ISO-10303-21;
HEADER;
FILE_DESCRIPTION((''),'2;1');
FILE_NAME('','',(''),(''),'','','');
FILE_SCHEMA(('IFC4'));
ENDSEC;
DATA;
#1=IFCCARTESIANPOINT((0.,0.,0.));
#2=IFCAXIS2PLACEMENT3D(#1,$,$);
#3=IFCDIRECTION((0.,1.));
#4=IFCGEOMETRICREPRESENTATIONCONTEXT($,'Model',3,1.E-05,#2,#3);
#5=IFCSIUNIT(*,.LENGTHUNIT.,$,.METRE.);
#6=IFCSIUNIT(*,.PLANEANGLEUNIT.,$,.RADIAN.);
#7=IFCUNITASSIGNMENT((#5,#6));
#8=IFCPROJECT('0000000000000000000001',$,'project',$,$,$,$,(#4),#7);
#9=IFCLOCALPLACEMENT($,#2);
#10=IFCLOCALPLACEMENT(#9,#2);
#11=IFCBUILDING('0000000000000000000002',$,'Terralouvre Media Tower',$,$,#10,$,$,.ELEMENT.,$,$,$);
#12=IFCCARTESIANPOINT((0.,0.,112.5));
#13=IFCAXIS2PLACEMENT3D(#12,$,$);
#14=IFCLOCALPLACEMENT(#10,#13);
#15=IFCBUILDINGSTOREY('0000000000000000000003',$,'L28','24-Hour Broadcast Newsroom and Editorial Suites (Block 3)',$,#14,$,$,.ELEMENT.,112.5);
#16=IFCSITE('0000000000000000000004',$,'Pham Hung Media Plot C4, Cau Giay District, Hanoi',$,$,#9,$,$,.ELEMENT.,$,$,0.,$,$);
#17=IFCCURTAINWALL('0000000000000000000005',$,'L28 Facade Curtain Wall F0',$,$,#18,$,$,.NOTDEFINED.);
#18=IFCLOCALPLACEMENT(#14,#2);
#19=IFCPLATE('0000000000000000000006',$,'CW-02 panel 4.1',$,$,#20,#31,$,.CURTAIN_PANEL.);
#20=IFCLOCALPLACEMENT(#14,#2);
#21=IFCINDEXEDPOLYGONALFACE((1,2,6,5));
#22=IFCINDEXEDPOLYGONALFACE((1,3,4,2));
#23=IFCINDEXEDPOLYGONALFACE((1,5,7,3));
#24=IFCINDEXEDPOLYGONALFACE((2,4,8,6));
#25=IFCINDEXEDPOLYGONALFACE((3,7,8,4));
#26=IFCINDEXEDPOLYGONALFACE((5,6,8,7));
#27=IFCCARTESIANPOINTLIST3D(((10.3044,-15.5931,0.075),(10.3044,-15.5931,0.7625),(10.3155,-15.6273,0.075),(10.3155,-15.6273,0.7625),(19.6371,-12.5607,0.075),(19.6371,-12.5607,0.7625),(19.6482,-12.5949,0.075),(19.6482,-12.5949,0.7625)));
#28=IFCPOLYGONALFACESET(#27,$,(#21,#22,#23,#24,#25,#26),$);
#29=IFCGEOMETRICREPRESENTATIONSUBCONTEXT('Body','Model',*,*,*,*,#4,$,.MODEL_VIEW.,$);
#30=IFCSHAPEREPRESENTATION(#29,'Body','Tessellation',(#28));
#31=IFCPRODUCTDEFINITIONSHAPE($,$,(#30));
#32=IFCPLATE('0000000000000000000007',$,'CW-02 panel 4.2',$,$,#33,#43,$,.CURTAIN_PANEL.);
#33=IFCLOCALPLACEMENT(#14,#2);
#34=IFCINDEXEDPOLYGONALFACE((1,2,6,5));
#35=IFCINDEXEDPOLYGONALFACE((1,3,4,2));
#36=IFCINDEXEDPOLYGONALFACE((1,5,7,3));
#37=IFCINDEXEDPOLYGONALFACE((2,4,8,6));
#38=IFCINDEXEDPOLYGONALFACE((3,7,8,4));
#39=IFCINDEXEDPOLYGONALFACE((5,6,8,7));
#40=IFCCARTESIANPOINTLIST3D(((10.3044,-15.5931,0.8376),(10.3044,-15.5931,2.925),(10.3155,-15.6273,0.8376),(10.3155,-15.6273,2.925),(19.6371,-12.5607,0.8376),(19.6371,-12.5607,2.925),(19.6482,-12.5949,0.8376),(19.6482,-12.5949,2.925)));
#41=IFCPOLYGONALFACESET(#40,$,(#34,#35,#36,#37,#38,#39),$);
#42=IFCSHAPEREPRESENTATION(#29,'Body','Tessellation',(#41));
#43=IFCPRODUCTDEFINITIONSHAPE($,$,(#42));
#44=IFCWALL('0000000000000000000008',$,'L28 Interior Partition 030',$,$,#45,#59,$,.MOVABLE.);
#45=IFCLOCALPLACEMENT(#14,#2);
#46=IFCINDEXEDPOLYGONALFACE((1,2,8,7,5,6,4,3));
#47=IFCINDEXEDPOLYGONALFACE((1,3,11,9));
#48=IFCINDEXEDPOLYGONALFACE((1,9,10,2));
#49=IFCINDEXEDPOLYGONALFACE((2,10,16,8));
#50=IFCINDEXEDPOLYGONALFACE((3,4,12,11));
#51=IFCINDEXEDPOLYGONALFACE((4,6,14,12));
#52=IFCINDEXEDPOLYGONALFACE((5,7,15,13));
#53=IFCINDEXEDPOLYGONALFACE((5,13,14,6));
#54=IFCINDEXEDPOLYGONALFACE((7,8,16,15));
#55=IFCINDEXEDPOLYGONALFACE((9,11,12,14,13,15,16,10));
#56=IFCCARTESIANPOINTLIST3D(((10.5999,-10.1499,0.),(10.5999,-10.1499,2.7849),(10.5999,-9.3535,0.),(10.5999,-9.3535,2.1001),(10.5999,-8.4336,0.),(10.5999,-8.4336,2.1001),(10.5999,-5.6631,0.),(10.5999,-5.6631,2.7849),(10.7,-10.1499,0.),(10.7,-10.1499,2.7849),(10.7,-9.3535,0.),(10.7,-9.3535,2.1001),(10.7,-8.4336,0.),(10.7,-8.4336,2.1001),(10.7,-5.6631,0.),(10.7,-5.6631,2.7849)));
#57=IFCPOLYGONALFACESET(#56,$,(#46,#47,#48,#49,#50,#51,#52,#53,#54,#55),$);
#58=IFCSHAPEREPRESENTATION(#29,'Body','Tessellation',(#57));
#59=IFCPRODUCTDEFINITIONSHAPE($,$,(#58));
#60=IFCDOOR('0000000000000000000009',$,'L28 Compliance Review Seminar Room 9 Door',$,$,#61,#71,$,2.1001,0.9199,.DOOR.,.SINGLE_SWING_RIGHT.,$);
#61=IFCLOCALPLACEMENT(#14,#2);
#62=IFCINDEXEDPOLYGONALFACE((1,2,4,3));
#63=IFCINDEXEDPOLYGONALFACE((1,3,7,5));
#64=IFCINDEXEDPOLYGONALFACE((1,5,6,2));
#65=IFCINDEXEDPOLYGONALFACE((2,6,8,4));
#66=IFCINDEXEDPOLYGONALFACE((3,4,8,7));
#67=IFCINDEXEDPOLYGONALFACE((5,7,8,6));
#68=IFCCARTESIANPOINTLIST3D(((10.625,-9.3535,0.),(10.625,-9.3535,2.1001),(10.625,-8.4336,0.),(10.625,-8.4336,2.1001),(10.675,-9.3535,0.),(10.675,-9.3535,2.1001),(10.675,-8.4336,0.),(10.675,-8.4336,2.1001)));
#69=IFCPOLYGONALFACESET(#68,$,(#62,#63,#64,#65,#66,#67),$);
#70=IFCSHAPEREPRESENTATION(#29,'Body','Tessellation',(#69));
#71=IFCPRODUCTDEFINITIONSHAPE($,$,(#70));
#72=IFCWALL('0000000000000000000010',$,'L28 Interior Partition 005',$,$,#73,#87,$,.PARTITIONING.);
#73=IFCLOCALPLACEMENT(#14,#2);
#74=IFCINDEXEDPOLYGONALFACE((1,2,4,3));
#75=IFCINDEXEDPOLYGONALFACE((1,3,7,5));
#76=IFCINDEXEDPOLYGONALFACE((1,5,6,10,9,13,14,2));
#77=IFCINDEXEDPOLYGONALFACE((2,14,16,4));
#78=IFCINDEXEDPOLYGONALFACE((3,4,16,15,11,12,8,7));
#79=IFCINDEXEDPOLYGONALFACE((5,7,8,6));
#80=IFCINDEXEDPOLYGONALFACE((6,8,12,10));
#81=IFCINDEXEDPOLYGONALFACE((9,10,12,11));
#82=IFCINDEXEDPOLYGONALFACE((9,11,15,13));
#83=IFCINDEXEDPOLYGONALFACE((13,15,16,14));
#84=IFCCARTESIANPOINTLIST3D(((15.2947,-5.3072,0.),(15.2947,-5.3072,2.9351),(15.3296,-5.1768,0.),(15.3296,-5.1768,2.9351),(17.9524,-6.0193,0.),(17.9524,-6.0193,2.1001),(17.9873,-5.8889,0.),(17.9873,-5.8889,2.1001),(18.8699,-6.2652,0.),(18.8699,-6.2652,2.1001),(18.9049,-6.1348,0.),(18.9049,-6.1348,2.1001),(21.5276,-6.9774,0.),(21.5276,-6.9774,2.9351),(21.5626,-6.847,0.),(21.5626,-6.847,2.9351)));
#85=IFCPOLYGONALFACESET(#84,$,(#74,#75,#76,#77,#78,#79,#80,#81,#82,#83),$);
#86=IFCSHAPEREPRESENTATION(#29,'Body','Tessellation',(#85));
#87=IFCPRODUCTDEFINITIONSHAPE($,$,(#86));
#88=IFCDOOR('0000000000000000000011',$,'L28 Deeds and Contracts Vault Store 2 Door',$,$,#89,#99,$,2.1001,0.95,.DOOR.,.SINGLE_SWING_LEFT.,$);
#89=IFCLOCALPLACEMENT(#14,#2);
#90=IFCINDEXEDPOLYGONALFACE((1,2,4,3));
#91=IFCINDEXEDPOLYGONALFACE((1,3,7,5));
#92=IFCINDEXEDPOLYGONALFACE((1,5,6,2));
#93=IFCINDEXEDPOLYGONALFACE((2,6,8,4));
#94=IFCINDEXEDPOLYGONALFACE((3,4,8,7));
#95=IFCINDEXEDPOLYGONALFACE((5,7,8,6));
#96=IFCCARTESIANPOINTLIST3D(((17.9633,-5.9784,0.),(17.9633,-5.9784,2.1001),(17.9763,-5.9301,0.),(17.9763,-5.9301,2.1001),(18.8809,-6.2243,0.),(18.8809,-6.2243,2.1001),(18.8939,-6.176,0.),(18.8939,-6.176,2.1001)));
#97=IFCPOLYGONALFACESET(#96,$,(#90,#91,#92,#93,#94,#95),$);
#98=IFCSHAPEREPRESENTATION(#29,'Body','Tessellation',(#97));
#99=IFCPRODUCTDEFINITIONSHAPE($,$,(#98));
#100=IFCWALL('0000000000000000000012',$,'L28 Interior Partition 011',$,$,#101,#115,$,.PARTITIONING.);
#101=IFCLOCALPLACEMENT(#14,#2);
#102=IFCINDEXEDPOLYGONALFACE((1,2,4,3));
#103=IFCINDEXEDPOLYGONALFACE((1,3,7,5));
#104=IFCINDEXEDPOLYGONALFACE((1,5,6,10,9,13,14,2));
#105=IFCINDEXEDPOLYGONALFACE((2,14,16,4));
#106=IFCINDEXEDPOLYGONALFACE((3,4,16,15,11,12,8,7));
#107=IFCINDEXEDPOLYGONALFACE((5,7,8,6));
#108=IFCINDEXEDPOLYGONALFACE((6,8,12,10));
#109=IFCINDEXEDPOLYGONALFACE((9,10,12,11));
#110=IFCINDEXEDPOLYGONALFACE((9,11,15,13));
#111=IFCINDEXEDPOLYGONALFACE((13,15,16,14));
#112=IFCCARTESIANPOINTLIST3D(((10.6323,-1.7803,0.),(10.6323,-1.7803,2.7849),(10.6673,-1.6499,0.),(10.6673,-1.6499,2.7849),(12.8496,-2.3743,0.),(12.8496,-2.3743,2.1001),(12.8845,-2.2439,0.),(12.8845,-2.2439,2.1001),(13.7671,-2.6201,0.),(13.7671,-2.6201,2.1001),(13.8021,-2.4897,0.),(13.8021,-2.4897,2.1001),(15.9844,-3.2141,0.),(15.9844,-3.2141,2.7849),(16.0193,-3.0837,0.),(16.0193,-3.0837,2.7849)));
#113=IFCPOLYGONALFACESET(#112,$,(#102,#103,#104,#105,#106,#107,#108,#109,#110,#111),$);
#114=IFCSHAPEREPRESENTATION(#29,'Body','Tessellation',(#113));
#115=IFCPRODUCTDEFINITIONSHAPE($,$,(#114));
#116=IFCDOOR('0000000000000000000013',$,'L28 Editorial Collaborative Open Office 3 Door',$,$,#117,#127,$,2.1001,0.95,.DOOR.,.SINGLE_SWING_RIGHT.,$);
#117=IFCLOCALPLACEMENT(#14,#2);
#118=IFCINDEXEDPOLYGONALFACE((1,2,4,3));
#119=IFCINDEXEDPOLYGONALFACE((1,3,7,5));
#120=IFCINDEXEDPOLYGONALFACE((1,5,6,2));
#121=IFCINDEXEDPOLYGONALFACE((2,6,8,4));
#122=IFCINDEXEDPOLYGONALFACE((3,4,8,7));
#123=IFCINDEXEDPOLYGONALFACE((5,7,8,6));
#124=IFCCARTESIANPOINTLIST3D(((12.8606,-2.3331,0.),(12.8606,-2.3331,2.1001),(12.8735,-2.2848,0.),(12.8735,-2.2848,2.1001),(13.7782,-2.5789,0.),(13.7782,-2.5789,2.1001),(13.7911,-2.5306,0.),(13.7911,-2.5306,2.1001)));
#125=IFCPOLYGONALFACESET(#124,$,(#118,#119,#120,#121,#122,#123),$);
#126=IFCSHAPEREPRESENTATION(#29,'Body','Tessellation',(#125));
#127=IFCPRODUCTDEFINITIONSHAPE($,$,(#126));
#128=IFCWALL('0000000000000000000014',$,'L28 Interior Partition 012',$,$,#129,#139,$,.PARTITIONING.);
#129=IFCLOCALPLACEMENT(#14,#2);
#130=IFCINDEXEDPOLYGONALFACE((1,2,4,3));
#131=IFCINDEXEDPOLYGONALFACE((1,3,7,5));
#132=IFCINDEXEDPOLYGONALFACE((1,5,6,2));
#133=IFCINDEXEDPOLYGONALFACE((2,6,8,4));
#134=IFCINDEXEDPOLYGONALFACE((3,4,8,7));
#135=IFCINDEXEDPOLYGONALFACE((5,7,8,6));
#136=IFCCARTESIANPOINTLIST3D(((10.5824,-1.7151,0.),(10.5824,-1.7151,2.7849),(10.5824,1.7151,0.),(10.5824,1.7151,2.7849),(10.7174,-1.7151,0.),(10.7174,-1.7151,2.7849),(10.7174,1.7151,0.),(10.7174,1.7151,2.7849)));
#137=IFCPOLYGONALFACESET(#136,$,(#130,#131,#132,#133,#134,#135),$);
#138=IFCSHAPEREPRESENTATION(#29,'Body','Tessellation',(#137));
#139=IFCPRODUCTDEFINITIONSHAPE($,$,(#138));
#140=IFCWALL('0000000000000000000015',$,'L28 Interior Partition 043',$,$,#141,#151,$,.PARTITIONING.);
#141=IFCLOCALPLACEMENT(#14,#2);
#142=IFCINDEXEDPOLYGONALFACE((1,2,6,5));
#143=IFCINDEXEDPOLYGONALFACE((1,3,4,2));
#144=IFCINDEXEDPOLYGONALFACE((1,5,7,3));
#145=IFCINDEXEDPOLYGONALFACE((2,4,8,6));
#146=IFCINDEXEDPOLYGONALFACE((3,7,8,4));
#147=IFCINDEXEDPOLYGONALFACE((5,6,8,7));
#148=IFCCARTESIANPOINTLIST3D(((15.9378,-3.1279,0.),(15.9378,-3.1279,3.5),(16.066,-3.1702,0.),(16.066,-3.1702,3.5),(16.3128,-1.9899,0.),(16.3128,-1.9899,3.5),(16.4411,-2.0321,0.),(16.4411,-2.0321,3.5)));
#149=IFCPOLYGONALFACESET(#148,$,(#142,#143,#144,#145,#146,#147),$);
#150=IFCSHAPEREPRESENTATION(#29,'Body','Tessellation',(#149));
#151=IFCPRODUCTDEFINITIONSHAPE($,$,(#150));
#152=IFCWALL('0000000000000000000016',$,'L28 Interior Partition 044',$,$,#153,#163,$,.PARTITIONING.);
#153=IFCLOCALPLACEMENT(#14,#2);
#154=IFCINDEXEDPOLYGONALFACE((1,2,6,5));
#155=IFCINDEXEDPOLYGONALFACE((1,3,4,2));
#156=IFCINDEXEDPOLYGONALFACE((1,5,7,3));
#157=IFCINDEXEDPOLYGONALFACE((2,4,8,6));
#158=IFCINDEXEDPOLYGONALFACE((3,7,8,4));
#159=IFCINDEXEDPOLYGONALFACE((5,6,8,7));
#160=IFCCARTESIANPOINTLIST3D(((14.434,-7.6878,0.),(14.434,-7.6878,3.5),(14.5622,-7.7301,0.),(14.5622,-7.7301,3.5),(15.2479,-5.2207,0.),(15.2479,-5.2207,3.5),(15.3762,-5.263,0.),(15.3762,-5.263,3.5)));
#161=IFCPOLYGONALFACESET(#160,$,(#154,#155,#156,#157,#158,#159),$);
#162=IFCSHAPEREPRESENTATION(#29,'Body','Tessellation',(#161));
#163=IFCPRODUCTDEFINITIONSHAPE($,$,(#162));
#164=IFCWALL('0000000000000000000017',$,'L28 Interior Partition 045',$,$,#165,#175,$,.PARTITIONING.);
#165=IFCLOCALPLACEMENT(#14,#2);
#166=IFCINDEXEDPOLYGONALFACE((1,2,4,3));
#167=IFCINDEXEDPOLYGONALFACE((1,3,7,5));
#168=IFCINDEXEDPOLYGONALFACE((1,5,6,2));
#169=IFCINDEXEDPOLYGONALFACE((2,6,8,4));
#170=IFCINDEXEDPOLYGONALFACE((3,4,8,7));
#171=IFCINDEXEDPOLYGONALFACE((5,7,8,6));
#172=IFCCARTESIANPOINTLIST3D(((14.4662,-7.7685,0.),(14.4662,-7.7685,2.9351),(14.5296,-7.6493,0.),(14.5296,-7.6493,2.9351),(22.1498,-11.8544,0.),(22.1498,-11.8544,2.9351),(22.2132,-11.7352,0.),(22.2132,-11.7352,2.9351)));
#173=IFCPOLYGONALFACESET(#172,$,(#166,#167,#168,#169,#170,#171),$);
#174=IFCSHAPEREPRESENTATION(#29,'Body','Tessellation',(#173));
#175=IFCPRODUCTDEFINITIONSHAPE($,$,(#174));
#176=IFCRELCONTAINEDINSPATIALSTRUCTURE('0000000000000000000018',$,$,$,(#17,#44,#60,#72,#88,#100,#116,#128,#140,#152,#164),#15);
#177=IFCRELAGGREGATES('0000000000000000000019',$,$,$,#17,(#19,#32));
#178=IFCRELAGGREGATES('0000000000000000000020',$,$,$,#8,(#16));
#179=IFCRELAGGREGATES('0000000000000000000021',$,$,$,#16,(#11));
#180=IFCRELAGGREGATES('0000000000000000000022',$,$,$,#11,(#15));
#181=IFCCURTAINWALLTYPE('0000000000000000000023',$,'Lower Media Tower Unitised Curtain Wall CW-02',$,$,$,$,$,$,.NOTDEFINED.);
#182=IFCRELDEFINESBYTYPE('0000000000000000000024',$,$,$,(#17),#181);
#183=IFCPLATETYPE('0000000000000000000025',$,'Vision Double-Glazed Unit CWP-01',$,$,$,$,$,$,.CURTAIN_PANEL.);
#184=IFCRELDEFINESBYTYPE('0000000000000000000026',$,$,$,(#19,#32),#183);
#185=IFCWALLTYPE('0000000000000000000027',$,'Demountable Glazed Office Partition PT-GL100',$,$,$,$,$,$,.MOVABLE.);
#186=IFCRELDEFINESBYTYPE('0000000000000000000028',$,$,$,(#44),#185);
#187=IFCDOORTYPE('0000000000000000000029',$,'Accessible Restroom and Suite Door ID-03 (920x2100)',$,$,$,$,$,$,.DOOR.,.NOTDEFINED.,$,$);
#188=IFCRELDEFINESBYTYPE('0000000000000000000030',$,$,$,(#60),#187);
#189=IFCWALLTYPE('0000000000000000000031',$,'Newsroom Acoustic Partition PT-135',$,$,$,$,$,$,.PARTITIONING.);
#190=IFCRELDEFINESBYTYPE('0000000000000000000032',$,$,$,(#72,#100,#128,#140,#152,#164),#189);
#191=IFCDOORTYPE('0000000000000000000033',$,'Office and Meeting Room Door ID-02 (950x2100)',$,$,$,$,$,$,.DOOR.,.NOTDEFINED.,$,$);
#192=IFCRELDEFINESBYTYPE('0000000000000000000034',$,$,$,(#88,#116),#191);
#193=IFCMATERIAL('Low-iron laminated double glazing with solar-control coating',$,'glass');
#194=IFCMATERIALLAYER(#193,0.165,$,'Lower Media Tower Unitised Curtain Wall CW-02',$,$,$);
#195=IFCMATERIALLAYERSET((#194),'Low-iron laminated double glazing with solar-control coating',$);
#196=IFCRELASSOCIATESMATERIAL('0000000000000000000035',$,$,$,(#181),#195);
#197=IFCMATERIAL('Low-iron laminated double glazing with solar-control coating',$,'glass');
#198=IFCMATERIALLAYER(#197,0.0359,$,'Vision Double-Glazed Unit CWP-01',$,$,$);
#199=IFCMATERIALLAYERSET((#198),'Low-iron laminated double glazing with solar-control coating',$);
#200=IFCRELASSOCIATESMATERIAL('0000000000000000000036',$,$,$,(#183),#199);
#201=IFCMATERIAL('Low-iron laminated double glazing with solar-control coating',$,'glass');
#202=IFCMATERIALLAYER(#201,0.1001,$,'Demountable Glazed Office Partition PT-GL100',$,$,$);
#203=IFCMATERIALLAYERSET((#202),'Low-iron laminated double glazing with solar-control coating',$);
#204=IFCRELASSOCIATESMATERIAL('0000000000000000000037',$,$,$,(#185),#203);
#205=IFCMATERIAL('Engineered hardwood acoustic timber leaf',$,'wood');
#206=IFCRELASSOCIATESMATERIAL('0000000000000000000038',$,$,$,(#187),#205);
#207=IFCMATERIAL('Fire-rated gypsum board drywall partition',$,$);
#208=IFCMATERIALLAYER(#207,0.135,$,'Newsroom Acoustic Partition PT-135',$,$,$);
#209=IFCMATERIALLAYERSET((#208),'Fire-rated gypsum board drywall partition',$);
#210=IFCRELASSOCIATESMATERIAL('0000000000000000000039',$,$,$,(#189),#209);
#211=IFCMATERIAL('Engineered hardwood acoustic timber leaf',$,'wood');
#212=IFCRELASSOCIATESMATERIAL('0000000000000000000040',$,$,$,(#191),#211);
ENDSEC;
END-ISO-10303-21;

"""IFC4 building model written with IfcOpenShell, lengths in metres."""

from ifc_helpers import new_model, si_unit, direction, frame, frame_2d, origin, origin_2d, place, context, subcontext, project, spatial, rectangle, extrude, material, layer, layer_set, type_object, element, fill, aggregate, save


model = new_model("IFC4")

# Units and contexts
model_context = context("Model", 3, precision=1e-05, world=origin(), true_north=direction((0.0, 1.0)))
body_context = subcontext(model_context, "Body", "Model", "MODEL_VIEW")
ifc_project = project(units=[si_unit("LENGTHUNIT", "METRE"), si_unit("PLANEANGLEUNIT", "RADIAN")], contexts=[model_context])

# Site, building, storey
site_placement = place(None, origin())
site = spatial("IfcSite", under=ifc_project, at=site_placement, Name="Pham Hung Media Plot C4, Cau Giay District, Hanoi", CompositionType="ELEMENT", RefElevation=0.0)
building_placement = place(site_placement, origin())
building = spatial("IfcBuilding", under=site, at=building_placement, Name="Terralouvre Media Tower", CompositionType="ELEMENT")
storey_placement = place(building_placement, frame((0.0, 0.0, 112.5)))
storey = spatial("IfcBuildingStorey", under=building, at=storey_placement, Name="L28", Description="24-Hour Broadcast Newsroom and Editorial Suites (Block 3)", CompositionType="ELEMENT", Elevation=112.5)

# Curtain wall
ifc_material_1 = material(Name="Low-iron laminated double glazing with solar-control coating", Category="glass")
ifc_layer_1 = layer(ifc_material_1, 0.165, Name="Lower Media Tower Unitised Curtain Wall CW-02")
ifc_layer_set_1 = layer_set([ifc_layer_1], Name="Low-iron laminated double glazing with solar-control coating")
curtain_wall_type = type_object("IfcCurtainWallType", Name="Lower Media Tower Unitised Curtain Wall CW-02", PredefinedType="NOTDEFINED", material=ifc_layer_set_1)
curtain_wall_placement = place(storey_placement, origin())
curtain_wall = element("IfcCurtainWall", 1, at=curtain_wall_placement, inside=storey, type_object=curtain_wall_type, Name="L28 Facade Curtain Wall F0", PredefinedType="NOTDEFINED")

# Plates
ifc_material_2 = material(Name="Low-iron laminated double glazing with solar-control coating", Category="glass")
ifc_layer_2 = layer(ifc_material_2, 0.0359, Name="Vision Double-Glazed Unit CWP-01")
ifc_layer_set_2 = layer_set([ifc_layer_2], Name="Low-iron laminated double glazing with solar-control coating")
plate_type = type_object("IfcPlateType", Name="Vision Double-Glazed Unit CWP-01", PredefinedType="CURTAIN_PANEL", material=ifc_layer_set_2)
plate_1_placement = place(storey_placement, frame((14.9763, -14.094, 0.075), z_axis=(0.0, 0.0, 1.0), x_axis=(0.951057, 0.309017, 0.0)))
plate_1 = element("IfcPlate", 2, at=plate_1_placement, type_object=plate_type, Name="CW-02 panel 4.1", PredefinedType="CURTAIN_PANEL", context=body_context, shape_type="SweptSolid", body=[
    extrude(rectangle(XDim=9.813, YDim=0.0359, at=origin_2d()), origin(), (0.0, 0.0, 1.0), 0.6875),
])
plate_2_placement = place(storey_placement, frame((14.9763, -14.094, 0.8376), z_axis=(0.0, 0.0, 1.0), x_axis=(0.951057, 0.309017, 0.0)))
plate_2 = element("IfcPlate", 3, at=plate_2_placement, type_object=plate_type, Name="CW-02 panel 4.2", PredefinedType="CURTAIN_PANEL", context=body_context, shape_type="SweptSolid", body=[
    extrude(rectangle(XDim=9.813, YDim=0.0359, at=origin_2d()), origin(), (0.0, 0.0, 1.0), 2.0874),
])
aggregate(curtain_wall, [plate_1, plate_2])

# Walls, openings, doors
ifc_material_3 = material(Name="Low-iron laminated double glazing with solar-control coating", Category="glass")
ifc_layer_3 = layer(ifc_material_3, 0.1001, Name="Demountable Glazed Office Partition PT-GL100")
ifc_layer_set_3 = layer_set([ifc_layer_3], Name="Low-iron laminated double glazing with solar-control coating")
wall_type_1 = type_object("IfcWallType", Name="Demountable Glazed Office Partition PT-GL100", PredefinedType="MOVABLE", material=ifc_layer_set_3)
wall_1_placement = place(storey_placement, frame((10.6499, -10.1499, 0.0), z_axis=(0.0, 0.0, 1.0), x_axis=(0.0, 1.0, 0.0)))
wall_1 = element("IfcWall", 4, at=wall_1_placement, inside=storey, type_object=wall_type_1, Name="L28 Interior Partition 030", PredefinedType="MOVABLE", context=body_context, shape_type="SweptSolid", body=[
    extrude(rectangle(XDim=4.4868, YDim=0.1001, at=frame_2d((2.2434, 0.0))), origin(), (0.0, 0.0, 1.0), 2.7849),
])
opening_1_placement = place(wall_1_placement, frame((0.7964, 0.0, 0.0)))
opening_1 = element("IfcOpeningElement", 5, at=opening_1_placement, cuts=wall_1, PredefinedType="OPENING", context=body_context, shape_type="SweptSolid", body=[
    extrude(rectangle(XDim=0.9199, YDim=2.1001, at=frame_2d((0.46, 1.05))), frame((0.0, 0.0601, 0.0), z_axis=(0.0, -1.0, 0.0), x_axis=(1.0, 0.0, 0.0)), (0.0, 0.0, 1.0), 0.1201),
])
ifc_material_4 = material(Name="Engineered hardwood acoustic timber leaf", Category="wood")
door_type_1 = type_object("IfcDoorType", Name="Accessible Restroom and Suite Door ID-03 (920x2100)", OperationType="NOTDEFINED", PredefinedType="DOOR", material=ifc_material_4)
door_1_placement = place(opening_1_placement, origin())
door_1 = element("IfcDoor", 6, at=door_1_placement, inside=storey, type_object=door_type_1, Name="L28 Compliance Review Seminar Room 9 Door", OperationType="SINGLE_SWING_RIGHT", OverallHeight=2.1001, OverallWidth=0.9199, PredefinedType="DOOR", context=body_context, shape_type="SweptSolid", body=[
    extrude(rectangle(XDim=0.9199, YDim=2.1001, at=frame_2d((0.46, 1.05))), frame((0.0, 0.0249, 0.0), z_axis=(0.0, -1.0, 0.0), x_axis=(1.0, 0.0, 0.0)), (0.0, 0.0, 1.0), 0.05),
])
fill(opening_1, door_1)
ifc_material_5 = material(Name="Fire-rated gypsum board drywall partition")
ifc_layer_4 = layer(ifc_material_5, 0.135, Name="Newsroom Acoustic Partition PT-135")
ifc_layer_set_4 = layer_set([ifc_layer_4], Name="Fire-rated gypsum board drywall partition")
wall_type_2 = type_object("IfcWallType", Name="Newsroom Acoustic Partition PT-135", PredefinedType="PARTITIONING", material=ifc_layer_set_4)
wall_2_placement = place(storey_placement, frame((15.312, -5.2419, 0.0), z_axis=(0.0, 0.0, 1.0), x_axis=(0.965923, -0.258828, 0.0)))
wall_2 = element("IfcWall", 7, at=wall_2_placement, inside=storey, type_object=wall_type_2, Name="L28 Interior Partition 005", PredefinedType="PARTITIONING", context=body_context, shape_type="SweptSolid", body=[
    extrude(rectangle(XDim=6.4529, YDim=0.135, at=frame_2d((3.2266, 0.0))), origin(), (0.0, 0.0, 1.0), 2.9351),
])
opening_2_placement = place(wall_2_placement, frame((2.7515, 0.0, 0.0)))
opening_2 = element("IfcOpeningElement", 8, at=opening_2_placement, cuts=wall_2, PredefinedType="OPENING", context=body_context, shape_type="SweptSolid", body=[
    extrude(rectangle(XDim=0.95, YDim=2.1001, at=frame_2d((0.4751, 1.05))), frame((0.0, 0.0774, 0.0), z_axis=(0.0, -1.0, 0.0), x_axis=(1.0, 0.0, 0.0)), (0.0, 0.0, 1.0), 0.155),
])
ifc_material_6 = material(Name="Engineered hardwood acoustic timber leaf", Category="wood")
door_type_2 = type_object("IfcDoorType", Name="Office and Meeting Room Door ID-02 (950x2100)", OperationType="NOTDEFINED", PredefinedType="DOOR", material=ifc_material_6)
door_2_placement = place(opening_2_placement, origin())
door_2 = element("IfcDoor", 9, at=door_2_placement, inside=storey, type_object=door_type_2, Name="L28 Deeds and Contracts Vault Store 2 Door", OperationType="SINGLE_SWING_LEFT", OverallHeight=2.1001, OverallWidth=0.95, PredefinedType="DOOR", context=body_context, shape_type="SweptSolid", body=[
    extrude(rectangle(XDim=0.95, YDim=2.1001, at=frame_2d((0.4751, 1.05))), frame((0.0, 0.0249, 0.0), z_axis=(0.0, -1.0, 0.0), x_axis=(1.0, 0.0, 0.0)), (0.0, 0.0, 1.0), 0.05),
])
fill(opening_2, door_2)
wall_3_placement = place(storey_placement, frame((16.002, -3.1489, 0.0), z_axis=(0.0, 0.0, 1.0), x_axis=(-0.965937, 0.258779, 0.0)))
wall_3 = element("IfcWall", 10, at=wall_3_placement, inside=storey, type_object=wall_type_2, Name="L28 Interior Partition 011", PredefinedType="PARTITIONING", context=body_context, shape_type="SweptSolid", body=[
    extrude(rectangle(XDim=5.5408, YDim=0.135, at=frame_2d((2.7705, 0.0))), origin(), (0.0, 0.0, 1.0), 2.7849),
])
opening_3_placement = place(wall_3_placement, frame((2.2954, 0.0, 0.0)))
opening_3 = element("IfcOpeningElement", 11, at=opening_3_placement, cuts=wall_3, PredefinedType="OPENING", context=body_context, shape_type="SweptSolid", body=[
    extrude(rectangle(XDim=0.95, YDim=2.1001, at=frame_2d((0.4751, 1.05))), frame((0.0, 0.0774, 0.0), z_axis=(0.0, -1.0, 0.0), x_axis=(1.0, 0.0, 0.0)), (0.0, 0.0, 1.0), 0.155),
])
door_3_placement = place(opening_3_placement, origin())
door_3 = element("IfcDoor", 12, at=door_3_placement, inside=storey, type_object=door_type_2, Name="L28 Editorial Collaborative Open Office 3 Door", OperationType="SINGLE_SWING_RIGHT", OverallHeight=2.1001, OverallWidth=0.95, PredefinedType="DOOR", context=body_context, shape_type="SweptSolid", body=[
    extrude(rectangle(XDim=0.95, YDim=2.1001, at=frame_2d((0.4751, 1.05))), frame((0.0, 0.0249, 0.0), z_axis=(0.0, -1.0, 0.0), x_axis=(1.0, 0.0, 0.0)), (0.0, 0.0, 1.0), 0.05),
])
fill(opening_3, door_3)

# Walls
wall_4_placement = place(storey_placement, frame((10.6499, -1.7151, 0.0), z_axis=(0.0, 0.0, 1.0), x_axis=(0.0, 1.0, 0.0)))
element("IfcWall", 13, at=wall_4_placement, inside=storey, type_object=wall_type_2, Name="L28 Interior Partition 012", PredefinedType="PARTITIONING", context=body_context, shape_type="SweptSolid", body=[
    extrude(rectangle(XDim=3.4302, YDim=0.135, at=frame_2d((1.7151, 0.0))), origin(), (0.0, 0.0, 1.0), 2.7849),
])
wall_5_placement = place(storey_placement, frame((16.377, -2.011, 0.0), z_axis=(0.0, 0.0, 1.0), x_axis=(-0.312986, -0.949758, 0.0)))
element("IfcWall", 14, at=wall_5_placement, inside=storey, type_object=wall_type_2, Name="L28 Interior Partition 043", PredefinedType="PARTITIONING", context=body_context, shape_type="SweptSolid", body=[
    extrude(rectangle(XDim=1.1982, YDim=0.135, at=frame_2d((0.5991, 0.0))), origin(), (0.0, 0.0, 1.0), 3.5),
])
wall_6_placement = place(storey_placement, frame((15.312, -5.2419, 0.0), z_axis=(0.0, 0.0, 1.0), x_axis=(-0.313322, -0.949647, 0.0)))
element("IfcWall", 15, at=wall_6_placement, inside=storey, type_object=wall_type_2, Name="L28 Interior Partition 044", PredefinedType="PARTITIONING", context=body_context, shape_type="SweptSolid", body=[
    extrude(rectangle(XDim=2.5979, YDim=0.135, at=frame_2d((1.2988, 0.0))), origin(), (0.0, 0.0, 1.0), 3.5),
])
wall_7_placement = place(storey_placement, frame((14.498, -7.709, 0.0), z_axis=(0.0, 0.0, 1.0), x_axis=(0.882924, -0.469516, 0.0)))
element("IfcWall", 16, at=wall_7_placement, inside=storey, type_object=wall_type_2, Name="L28 Interior Partition 045", PredefinedType="PARTITIONING", context=body_context, shape_type="SweptSolid", body=[
    extrude(rectangle(XDim=8.7024, YDim=0.135, at=frame_2d((4.3511, 0.0))), origin(), (0.0, 0.0, 1.0), 2.9351),
])

save(model, "model.ifc")
